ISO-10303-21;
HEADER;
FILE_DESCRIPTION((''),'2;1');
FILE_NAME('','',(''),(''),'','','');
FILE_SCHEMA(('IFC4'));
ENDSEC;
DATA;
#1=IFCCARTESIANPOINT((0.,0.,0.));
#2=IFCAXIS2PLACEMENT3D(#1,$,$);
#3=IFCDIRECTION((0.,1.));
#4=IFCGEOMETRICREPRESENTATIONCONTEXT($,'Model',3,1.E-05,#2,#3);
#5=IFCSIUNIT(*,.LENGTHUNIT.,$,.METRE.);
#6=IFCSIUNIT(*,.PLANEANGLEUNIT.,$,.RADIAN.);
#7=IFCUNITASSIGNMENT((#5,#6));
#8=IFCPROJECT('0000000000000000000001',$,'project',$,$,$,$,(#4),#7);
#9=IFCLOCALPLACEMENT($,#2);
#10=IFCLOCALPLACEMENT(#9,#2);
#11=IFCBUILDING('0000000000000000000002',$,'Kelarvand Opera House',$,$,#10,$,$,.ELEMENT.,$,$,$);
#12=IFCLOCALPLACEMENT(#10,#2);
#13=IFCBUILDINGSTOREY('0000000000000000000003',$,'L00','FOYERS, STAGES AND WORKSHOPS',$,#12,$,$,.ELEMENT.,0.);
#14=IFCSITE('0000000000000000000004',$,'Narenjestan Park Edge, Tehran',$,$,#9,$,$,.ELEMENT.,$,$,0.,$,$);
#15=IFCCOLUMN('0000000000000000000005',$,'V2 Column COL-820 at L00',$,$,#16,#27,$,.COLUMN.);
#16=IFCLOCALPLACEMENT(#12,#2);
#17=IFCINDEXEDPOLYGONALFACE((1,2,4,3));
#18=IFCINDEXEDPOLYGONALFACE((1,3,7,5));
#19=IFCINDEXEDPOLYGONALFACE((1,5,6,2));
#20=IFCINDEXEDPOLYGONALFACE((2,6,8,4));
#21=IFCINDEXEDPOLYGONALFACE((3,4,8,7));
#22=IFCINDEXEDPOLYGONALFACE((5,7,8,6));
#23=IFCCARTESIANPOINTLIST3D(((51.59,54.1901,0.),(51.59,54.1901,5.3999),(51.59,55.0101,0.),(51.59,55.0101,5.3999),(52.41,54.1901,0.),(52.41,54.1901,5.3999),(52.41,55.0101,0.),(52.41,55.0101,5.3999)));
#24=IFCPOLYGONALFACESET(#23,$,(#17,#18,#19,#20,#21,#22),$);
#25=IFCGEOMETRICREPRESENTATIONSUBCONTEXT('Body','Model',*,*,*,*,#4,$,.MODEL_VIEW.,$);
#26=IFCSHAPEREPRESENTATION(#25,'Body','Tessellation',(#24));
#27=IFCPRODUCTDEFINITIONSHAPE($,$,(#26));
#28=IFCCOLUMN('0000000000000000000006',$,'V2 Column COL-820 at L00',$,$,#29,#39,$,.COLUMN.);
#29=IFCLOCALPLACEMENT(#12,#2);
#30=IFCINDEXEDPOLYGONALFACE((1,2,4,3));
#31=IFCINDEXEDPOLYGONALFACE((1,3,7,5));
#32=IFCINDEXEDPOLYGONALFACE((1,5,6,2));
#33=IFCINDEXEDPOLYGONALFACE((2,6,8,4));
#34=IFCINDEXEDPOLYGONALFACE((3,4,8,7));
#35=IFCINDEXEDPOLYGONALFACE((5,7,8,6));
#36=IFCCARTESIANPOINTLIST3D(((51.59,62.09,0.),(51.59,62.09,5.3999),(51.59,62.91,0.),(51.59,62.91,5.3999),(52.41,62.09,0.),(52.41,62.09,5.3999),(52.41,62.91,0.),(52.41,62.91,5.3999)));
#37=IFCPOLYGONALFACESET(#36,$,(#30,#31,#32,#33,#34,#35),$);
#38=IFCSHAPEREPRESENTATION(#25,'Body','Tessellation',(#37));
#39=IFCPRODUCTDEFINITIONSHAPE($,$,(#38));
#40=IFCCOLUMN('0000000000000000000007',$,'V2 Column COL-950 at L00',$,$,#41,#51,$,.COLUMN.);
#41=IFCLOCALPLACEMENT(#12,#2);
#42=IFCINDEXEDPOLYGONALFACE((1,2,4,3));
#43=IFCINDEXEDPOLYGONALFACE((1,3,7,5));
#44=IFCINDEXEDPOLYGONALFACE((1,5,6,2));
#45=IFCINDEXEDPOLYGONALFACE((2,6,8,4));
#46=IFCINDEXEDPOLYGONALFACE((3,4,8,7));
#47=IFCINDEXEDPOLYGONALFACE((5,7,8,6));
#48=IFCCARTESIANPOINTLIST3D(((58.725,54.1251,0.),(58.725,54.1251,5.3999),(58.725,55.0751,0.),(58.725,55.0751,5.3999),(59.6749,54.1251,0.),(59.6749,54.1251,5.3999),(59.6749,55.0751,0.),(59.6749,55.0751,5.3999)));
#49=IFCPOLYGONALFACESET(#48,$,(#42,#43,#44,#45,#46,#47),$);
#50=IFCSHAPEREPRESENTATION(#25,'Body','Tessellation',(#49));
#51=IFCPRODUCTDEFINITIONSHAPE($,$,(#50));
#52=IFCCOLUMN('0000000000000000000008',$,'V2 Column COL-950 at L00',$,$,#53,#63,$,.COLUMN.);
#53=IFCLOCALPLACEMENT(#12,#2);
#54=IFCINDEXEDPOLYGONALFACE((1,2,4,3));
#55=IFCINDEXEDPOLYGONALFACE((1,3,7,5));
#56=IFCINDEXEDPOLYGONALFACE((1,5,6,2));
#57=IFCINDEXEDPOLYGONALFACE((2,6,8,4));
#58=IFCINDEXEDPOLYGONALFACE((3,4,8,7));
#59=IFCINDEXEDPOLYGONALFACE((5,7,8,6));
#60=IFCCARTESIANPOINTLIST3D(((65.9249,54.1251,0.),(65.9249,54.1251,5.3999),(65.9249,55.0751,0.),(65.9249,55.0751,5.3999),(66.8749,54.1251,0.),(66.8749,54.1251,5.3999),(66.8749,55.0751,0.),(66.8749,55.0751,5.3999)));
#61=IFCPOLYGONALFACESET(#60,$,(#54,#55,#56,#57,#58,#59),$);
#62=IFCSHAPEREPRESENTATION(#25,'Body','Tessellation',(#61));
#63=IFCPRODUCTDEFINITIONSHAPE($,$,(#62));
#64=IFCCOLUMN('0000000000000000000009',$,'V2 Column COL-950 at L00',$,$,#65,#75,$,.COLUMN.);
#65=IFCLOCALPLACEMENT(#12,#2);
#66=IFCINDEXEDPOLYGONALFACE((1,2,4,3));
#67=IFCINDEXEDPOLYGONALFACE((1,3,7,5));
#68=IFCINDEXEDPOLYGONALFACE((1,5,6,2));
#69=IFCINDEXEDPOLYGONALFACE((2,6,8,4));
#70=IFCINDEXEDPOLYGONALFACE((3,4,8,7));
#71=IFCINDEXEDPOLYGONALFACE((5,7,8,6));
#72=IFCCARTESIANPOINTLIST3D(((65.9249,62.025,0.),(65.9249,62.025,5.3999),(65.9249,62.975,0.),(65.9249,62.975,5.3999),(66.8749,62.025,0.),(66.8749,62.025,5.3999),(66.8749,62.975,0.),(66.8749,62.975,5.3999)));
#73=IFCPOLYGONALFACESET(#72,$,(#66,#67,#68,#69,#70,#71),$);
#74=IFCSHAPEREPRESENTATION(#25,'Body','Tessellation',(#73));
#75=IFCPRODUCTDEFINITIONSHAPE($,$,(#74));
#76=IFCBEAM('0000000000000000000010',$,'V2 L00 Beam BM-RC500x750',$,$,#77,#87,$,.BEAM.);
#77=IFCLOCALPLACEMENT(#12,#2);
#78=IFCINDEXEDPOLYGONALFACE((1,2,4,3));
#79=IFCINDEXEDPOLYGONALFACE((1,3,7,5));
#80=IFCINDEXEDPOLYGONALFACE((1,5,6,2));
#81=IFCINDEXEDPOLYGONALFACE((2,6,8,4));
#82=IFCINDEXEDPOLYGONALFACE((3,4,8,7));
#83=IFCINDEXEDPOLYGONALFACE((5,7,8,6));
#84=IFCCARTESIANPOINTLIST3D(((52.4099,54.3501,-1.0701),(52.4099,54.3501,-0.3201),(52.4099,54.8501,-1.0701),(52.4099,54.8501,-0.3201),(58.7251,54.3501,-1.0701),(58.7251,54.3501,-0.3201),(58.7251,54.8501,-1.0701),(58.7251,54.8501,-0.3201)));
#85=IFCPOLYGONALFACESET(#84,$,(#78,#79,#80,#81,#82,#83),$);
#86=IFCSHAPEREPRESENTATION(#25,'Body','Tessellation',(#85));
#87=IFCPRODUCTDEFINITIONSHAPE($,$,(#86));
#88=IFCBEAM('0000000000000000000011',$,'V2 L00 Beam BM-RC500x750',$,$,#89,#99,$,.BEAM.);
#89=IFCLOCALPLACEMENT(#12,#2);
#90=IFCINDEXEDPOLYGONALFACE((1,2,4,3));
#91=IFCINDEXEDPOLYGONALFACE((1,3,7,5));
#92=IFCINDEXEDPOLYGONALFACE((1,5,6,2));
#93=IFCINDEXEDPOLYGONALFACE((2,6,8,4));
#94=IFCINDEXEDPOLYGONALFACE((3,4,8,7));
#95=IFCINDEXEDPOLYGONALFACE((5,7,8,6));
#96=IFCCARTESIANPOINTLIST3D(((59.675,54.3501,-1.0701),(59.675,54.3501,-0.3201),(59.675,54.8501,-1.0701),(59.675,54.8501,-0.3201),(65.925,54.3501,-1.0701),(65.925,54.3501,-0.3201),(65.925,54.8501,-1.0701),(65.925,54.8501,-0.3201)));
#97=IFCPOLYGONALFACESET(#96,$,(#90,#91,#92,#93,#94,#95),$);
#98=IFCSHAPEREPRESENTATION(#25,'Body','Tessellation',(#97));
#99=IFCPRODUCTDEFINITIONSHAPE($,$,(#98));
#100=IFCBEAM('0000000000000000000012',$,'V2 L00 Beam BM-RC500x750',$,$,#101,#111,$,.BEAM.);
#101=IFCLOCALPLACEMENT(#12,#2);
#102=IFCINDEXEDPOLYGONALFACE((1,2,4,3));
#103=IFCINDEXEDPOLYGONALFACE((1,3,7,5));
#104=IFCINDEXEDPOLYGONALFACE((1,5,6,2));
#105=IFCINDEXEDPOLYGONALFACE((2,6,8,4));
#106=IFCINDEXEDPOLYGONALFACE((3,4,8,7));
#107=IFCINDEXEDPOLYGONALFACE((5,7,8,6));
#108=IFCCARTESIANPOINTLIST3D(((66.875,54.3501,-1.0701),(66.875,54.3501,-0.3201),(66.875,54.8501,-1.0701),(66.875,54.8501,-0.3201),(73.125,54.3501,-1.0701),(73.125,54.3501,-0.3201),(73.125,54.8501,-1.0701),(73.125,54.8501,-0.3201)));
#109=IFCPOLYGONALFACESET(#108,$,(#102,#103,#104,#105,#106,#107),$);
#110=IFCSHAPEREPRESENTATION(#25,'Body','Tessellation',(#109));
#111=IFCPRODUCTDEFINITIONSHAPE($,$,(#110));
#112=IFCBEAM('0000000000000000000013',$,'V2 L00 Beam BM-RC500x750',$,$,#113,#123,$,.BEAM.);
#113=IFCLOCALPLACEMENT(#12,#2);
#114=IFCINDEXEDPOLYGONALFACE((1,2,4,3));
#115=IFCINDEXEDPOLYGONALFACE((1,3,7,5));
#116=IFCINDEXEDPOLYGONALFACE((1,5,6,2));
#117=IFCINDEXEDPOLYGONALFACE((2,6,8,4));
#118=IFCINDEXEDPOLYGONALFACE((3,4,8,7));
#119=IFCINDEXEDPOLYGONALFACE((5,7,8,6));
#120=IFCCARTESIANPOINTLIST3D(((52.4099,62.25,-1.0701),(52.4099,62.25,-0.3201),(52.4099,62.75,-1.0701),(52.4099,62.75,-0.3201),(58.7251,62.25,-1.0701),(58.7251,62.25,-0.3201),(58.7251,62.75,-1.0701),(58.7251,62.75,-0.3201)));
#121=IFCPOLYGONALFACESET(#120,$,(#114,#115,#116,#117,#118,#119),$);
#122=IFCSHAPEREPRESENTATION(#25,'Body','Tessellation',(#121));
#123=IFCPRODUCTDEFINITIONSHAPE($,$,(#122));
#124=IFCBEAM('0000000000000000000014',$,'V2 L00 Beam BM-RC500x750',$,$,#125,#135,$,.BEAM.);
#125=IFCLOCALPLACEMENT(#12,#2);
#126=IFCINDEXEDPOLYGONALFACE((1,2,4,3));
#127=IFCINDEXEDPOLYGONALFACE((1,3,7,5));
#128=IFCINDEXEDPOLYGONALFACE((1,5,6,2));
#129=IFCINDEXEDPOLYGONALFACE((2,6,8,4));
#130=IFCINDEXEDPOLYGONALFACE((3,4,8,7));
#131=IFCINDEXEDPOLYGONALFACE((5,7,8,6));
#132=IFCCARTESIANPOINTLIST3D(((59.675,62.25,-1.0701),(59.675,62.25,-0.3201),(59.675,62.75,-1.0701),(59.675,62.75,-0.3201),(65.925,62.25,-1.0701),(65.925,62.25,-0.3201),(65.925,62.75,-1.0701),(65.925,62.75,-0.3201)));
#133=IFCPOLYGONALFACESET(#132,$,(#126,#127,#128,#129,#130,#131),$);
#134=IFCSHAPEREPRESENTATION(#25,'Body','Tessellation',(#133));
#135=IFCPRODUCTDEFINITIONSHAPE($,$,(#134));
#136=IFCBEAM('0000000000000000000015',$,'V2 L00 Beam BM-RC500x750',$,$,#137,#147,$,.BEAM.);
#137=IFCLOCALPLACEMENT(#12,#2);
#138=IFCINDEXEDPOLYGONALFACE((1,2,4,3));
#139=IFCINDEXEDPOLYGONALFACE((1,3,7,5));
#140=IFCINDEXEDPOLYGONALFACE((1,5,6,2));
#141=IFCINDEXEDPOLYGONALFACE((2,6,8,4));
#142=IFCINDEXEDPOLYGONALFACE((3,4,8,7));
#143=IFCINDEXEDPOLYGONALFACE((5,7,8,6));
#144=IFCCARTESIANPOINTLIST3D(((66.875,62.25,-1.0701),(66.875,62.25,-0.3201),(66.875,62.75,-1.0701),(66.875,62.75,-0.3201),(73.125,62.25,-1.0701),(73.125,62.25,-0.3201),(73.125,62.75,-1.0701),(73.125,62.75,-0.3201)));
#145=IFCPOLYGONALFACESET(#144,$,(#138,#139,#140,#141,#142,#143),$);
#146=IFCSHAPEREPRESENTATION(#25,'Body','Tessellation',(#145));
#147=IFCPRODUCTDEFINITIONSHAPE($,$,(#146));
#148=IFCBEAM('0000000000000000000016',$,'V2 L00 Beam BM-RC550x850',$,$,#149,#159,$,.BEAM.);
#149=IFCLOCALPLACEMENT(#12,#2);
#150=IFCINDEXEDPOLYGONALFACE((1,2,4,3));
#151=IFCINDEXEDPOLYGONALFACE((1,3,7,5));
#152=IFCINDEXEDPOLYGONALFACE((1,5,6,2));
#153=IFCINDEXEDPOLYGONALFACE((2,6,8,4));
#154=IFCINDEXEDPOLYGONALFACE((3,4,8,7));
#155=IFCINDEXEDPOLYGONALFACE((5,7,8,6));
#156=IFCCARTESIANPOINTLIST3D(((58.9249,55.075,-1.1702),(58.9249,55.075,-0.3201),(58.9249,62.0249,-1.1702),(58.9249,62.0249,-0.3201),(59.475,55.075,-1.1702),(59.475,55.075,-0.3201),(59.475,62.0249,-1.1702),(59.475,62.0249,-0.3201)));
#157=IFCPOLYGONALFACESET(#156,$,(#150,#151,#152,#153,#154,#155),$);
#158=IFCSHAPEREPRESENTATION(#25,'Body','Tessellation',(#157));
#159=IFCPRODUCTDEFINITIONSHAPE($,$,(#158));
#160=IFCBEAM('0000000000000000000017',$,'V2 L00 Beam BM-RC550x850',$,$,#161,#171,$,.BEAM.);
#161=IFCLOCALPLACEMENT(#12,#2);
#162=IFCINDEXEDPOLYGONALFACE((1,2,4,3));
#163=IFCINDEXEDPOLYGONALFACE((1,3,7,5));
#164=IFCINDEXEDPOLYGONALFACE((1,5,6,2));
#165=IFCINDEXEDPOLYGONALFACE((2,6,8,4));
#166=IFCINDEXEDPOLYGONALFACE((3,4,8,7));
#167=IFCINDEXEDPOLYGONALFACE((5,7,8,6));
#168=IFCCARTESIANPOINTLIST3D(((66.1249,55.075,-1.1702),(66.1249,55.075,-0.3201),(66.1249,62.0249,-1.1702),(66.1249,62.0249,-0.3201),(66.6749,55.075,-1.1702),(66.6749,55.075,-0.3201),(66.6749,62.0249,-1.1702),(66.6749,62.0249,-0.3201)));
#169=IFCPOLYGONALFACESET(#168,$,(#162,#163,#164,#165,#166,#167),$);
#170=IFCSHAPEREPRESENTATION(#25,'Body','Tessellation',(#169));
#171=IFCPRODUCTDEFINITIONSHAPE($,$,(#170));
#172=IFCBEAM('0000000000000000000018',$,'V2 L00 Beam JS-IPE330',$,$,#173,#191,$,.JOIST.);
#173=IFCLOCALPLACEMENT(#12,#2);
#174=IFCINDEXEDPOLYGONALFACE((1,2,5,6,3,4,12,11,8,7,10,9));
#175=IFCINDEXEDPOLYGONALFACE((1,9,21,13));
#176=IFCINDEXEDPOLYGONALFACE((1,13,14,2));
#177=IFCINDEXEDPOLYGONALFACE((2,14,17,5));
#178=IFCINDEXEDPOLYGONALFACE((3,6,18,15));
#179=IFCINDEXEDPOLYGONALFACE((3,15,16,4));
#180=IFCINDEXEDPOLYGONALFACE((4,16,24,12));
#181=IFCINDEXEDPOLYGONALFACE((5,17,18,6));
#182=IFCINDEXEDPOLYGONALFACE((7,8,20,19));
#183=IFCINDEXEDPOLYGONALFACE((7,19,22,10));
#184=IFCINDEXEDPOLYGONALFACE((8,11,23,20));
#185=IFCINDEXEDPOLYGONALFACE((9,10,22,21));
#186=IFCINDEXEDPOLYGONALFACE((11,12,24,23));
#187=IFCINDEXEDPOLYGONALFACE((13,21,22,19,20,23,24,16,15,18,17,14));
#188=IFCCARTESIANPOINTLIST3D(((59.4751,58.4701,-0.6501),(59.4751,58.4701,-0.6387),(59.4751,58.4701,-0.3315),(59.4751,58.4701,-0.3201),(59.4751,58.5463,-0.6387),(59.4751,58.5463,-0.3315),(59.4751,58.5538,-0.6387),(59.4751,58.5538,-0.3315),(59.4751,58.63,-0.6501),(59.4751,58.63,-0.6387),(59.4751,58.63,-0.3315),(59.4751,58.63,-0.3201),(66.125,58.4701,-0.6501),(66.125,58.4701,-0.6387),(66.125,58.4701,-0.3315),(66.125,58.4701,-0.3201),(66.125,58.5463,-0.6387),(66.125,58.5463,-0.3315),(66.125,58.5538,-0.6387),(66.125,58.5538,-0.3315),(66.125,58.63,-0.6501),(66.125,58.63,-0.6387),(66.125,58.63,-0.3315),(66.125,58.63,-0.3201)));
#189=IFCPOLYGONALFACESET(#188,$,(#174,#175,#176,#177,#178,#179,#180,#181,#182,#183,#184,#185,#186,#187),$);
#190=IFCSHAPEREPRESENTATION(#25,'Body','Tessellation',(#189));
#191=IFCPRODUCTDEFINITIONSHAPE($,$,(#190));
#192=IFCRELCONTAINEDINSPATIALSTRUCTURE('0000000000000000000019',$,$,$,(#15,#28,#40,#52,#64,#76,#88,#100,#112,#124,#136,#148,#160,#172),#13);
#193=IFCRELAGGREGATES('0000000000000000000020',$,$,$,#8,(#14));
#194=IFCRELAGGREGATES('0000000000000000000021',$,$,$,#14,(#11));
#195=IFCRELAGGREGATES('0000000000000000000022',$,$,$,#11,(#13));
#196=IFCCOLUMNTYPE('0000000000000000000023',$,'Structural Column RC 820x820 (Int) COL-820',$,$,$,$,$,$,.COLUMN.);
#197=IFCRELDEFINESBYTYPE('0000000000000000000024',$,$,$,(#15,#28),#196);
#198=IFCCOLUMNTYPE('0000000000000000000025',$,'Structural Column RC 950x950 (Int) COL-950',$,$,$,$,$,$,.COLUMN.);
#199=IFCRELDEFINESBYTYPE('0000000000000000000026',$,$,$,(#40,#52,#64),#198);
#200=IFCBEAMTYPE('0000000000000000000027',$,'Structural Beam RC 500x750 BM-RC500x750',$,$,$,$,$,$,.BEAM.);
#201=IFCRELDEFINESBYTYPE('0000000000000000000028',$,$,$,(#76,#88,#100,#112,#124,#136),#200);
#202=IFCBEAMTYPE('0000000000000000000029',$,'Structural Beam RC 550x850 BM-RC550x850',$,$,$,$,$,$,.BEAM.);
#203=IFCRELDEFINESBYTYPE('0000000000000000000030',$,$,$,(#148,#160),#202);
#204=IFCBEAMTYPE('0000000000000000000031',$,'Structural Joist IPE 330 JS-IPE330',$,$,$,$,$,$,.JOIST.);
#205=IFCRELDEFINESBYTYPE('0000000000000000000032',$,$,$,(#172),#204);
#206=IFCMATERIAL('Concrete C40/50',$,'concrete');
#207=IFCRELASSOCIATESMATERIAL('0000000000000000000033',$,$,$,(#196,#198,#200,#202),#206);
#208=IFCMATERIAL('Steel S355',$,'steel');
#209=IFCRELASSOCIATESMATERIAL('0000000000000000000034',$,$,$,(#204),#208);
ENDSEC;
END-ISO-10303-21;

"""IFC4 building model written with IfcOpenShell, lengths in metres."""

from ifc_helpers import new_model, si_unit, direction, frame, origin, origin_2d, place, context, subcontext, project, spatial, rectangle, i_section, extrude, material, material_profile, profile_set, type_object, element, save


model = new_model("IFC4")

# Units and contexts
model_context = context("Model", 3, precision=1e-05, world=origin(), true_north=direction((0.0, 1.0)))
body_context = subcontext(model_context, "Body", "Model", "MODEL_VIEW")
ifc_project = project(units=[si_unit("LENGTHUNIT", "METRE"), si_unit("PLANEANGLEUNIT", "RADIAN")], contexts=[model_context])

# Site, building, storey
site_placement = place(None, origin())
site = spatial("IfcSite", under=ifc_project, at=site_placement, Name="Narenjestan Park Edge, Tehran", CompositionType="ELEMENT", RefElevation=0.0)
building_placement = place(site_placement, origin())
building = spatial("IfcBuilding", under=site, at=building_placement, Name="Kelarvand Opera House", CompositionType="ELEMENT")
storey_placement = place(building_placement, origin())
storey = spatial("IfcBuildingStorey", under=building, at=storey_placement, Name="L00", Description="FOYERS, STAGES AND WORKSHOPS", CompositionType="ELEMENT", Elevation=0.0)

# Columns
ifc_material_1 = material(Name="Concrete C40/50", Category="concrete")
ifc_material_profile_1 = material_profile(ifc_material_1, rectangle(XDim=0.8201, YDim=0.8201, at=origin_2d()), Name="RC 820x820", Category="concrete")
ifc_profile_set_1 = profile_set([ifc_material_profile_1], Name="Concrete C40/50")
column_type_1 = type_object("IfcColumnType", Name="Structural Column RC 820x820 (Int) COL-820", PredefinedType="COLUMN", material=ifc_profile_set_1)
for number, where, z_axis, x_axis, name in (
    (1, (52.0, 54.6001, 0.0), (0.0, 0.0, 1.0), (1.0, 0.0, 0.0), "V2 Column COL-820 at L00"),
    (2, (52.0, 62.5, 0.0), (0.0, 0.0, 1.0), (1.0, 0.0, 0.0), "V2 Column COL-820 at L00"),
):
    element("IfcColumn", number, at=place(storey_placement, frame(where, z_axis=z_axis, x_axis=x_axis)), inside=storey, type_object=column_type_1, Name=name, PredefinedType="COLUMN", context=body_context, shape_type="SweptSolid", body=[
        extrude(rectangle(XDim=0.8201, YDim=0.8201, at=origin_2d()), origin(), (0.0, 0.0, 1.0), 5.3999),
    ])
ifc_material_profile_2 = material_profile(ifc_material_1, rectangle(XDim=0.95, YDim=0.95, at=origin_2d()), Name="RC 950x950", Category="concrete")
ifc_profile_set_2 = profile_set([ifc_material_profile_2], Name="Concrete C40/50")
column_type_2 = type_object("IfcColumnType", Name="Structural Column RC 950x950 (Int) COL-950", PredefinedType="COLUMN", material=ifc_profile_set_2)
for number, where, z_axis, x_axis, name in (
    (3, (59.2, 54.6001, 0.0), (0.0, 0.0, 1.0), (1.0, 0.0, 0.0), "V2 Column COL-950 at L00"),
    (4, (66.3999, 54.6001, 0.0), (0.0, 0.0, 1.0), (1.0, 0.0, 0.0), "V2 Column COL-950 at L00"),
    (5, (66.3999, 62.5, 0.0), (0.0, 0.0, 1.0), (1.0, 0.0, 0.0), "V2 Column COL-950 at L00"),
):
    element("IfcColumn", number, at=place(storey_placement, frame(where, z_axis=z_axis, x_axis=x_axis)), inside=storey, type_object=column_type_2, Name=name, PredefinedType="COLUMN", context=body_context, shape_type="SweptSolid", body=[
        extrude(rectangle(XDim=0.95, YDim=0.95, at=origin_2d()), origin(), (0.0, 0.0, 1.0), 5.3999),
    ])

# Beams
ifc_material_profile_3 = material_profile(ifc_material_1, rectangle(XDim=0.5, YDim=0.75, at=origin_2d()), Name="RC 500x750", Category="concrete")
ifc_profile_set_3 = profile_set([ifc_material_profile_3], Name="Concrete C40/50")
beam_type_1 = type_object("IfcBeamType", Name="Structural Beam RC 500x750 BM-RC500x750", PredefinedType="BEAM", material=ifc_profile_set_3)
beam_1_placement = place(storey_placement, frame((52.4099, 54.6001, -0.6951), z_axis=(1.0, 0.0, 0.0), x_axis=(0.0, 1.0, 0.0)))
element("IfcBeam", 6, at=beam_1_placement, inside=storey, type_object=beam_type_1, Name="V2 L00 Beam BM-RC500x750", PredefinedType="BEAM", context=body_context, shape_type="SweptSolid", body=[
    extrude(rectangle(XDim=0.5, YDim=0.75, at=origin_2d()), origin(), (0.0, 0.0, 1.0), 6.3152),
])
for number, where, z_axis, x_axis, name in (
    (7, (59.675, 54.6001, -0.6951), (1.0, 0.0, 0.0), (0.0, 1.0, 0.0), "V2 L00 Beam BM-RC500x750"),
    (8, (66.875, 54.6001, -0.6951), (1.0, 0.0, 0.0), (0.0, 1.0, 0.0), "V2 L00 Beam BM-RC500x750"),
):
    element("IfcBeam", number, at=place(storey_placement, frame(where, z_axis=z_axis, x_axis=x_axis)), inside=storey, type_object=beam_type_1, Name=name, PredefinedType="BEAM", context=body_context, shape_type="SweptSolid", body=[
        extrude(rectangle(XDim=0.5, YDim=0.75, at=origin_2d()), origin(), (0.0, 0.0, 1.0), 6.25),
    ])
beam_2_placement = place(storey_placement, frame((52.4099, 62.5, -0.6951), z_axis=(1.0, 0.0, 0.0), x_axis=(0.0, 1.0, 0.0)))
element("IfcBeam", 9, at=beam_2_placement, inside=storey, type_object=beam_type_1, Name="V2 L00 Beam BM-RC500x750", PredefinedType="BEAM", context=body_context, shape_type="SweptSolid", body=[
    extrude(rectangle(XDim=0.5, YDim=0.75, at=origin_2d()), origin(), (0.0, 0.0, 1.0), 6.3152),
])
for number, where, z_axis, x_axis, name in (
    (10, (59.675, 62.5, -0.6951), (1.0, 0.0, 0.0), (0.0, 1.0, 0.0), "V2 L00 Beam BM-RC500x750"),
    (11, (66.875, 62.5, -0.6951), (1.0, 0.0, 0.0), (0.0, 1.0, 0.0), "V2 L00 Beam BM-RC500x750"),
):
    element("IfcBeam", number, at=place(storey_placement, frame(where, z_axis=z_axis, x_axis=x_axis)), inside=storey, type_object=beam_type_1, Name=name, PredefinedType="BEAM", context=body_context, shape_type="SweptSolid", body=[
        extrude(rectangle(XDim=0.5, YDim=0.75, at=origin_2d()), origin(), (0.0, 0.0, 1.0), 6.25),
    ])
ifc_material_profile_4 = material_profile(ifc_material_1, rectangle(XDim=0.55, YDim=0.8501, at=origin_2d()), Name="RC 550x850", Category="concrete")
ifc_profile_set_4 = profile_set([ifc_material_profile_4], Name="Concrete C40/50")
beam_type_2 = type_object("IfcBeamType", Name="Structural Beam RC 550x850 BM-RC550x850", PredefinedType="BEAM", material=ifc_profile_set_4)
for number, where, z_axis, x_axis, name in (
    (12, (59.2, 55.075, -0.7451), (0.0, 1.0, 0.0), (-1.0, 0.0, 0.0), "V2 L00 Beam BM-RC550x850"),
    (13, (66.3999, 55.075, -0.7451), (0.0, 1.0, 0.0), (-1.0, 0.0, 0.0), "V2 L00 Beam BM-RC550x850"),
):
    element("IfcBeam", number, at=place(storey_placement, frame(where, z_axis=z_axis, x_axis=x_axis)), inside=storey, type_object=beam_type_2, Name=name, PredefinedType="BEAM", context=body_context, shape_type="SweptSolid", body=[
        extrude(rectangle(XDim=0.55, YDim=0.8501, at=origin_2d()), origin(), (0.0, 0.0, 1.0), 6.95),
    ])
ifc_material_2 = material(Name="Steel S355", Category="steel")
ifc_material_profile_5 = material_profile(ifc_material_2, i_section(OverallWidth=0.1599, OverallDepth=0.3301, WebThickness=0.0076, FlangeThickness=0.0115, at=origin_2d()), Name="IPE 330", Category="steel")
ifc_profile_set_5 = profile_set([ifc_material_profile_5], Name="Steel S355")
beam_type_3 = type_object("IfcBeamType", Name="Structural Joist IPE 330 JS-IPE330", PredefinedType="JOIST", material=ifc_profile_set_5)
beam_3_placement = place(storey_placement, frame((59.4751, 58.55, -0.4851), z_axis=(1.0, 0.0, 0.0), x_axis=(0.0, 1.0, 0.0)))
element("IfcBeam", 14, at=beam_3_placement, inside=storey, type_object=beam_type_3, Name="V2 L00 Beam JS-IPE330", PredefinedType="JOIST", context=body_context, shape_type="SweptSolid", body=[
    extrude(i_section(OverallWidth=0.1599, OverallDepth=0.3301, WebThickness=0.0076, FlangeThickness=0.0115, at=origin_2d()), origin(), (0.0, 0.0, 1.0), 6.6499),
])

save(model, "model.ifc")
